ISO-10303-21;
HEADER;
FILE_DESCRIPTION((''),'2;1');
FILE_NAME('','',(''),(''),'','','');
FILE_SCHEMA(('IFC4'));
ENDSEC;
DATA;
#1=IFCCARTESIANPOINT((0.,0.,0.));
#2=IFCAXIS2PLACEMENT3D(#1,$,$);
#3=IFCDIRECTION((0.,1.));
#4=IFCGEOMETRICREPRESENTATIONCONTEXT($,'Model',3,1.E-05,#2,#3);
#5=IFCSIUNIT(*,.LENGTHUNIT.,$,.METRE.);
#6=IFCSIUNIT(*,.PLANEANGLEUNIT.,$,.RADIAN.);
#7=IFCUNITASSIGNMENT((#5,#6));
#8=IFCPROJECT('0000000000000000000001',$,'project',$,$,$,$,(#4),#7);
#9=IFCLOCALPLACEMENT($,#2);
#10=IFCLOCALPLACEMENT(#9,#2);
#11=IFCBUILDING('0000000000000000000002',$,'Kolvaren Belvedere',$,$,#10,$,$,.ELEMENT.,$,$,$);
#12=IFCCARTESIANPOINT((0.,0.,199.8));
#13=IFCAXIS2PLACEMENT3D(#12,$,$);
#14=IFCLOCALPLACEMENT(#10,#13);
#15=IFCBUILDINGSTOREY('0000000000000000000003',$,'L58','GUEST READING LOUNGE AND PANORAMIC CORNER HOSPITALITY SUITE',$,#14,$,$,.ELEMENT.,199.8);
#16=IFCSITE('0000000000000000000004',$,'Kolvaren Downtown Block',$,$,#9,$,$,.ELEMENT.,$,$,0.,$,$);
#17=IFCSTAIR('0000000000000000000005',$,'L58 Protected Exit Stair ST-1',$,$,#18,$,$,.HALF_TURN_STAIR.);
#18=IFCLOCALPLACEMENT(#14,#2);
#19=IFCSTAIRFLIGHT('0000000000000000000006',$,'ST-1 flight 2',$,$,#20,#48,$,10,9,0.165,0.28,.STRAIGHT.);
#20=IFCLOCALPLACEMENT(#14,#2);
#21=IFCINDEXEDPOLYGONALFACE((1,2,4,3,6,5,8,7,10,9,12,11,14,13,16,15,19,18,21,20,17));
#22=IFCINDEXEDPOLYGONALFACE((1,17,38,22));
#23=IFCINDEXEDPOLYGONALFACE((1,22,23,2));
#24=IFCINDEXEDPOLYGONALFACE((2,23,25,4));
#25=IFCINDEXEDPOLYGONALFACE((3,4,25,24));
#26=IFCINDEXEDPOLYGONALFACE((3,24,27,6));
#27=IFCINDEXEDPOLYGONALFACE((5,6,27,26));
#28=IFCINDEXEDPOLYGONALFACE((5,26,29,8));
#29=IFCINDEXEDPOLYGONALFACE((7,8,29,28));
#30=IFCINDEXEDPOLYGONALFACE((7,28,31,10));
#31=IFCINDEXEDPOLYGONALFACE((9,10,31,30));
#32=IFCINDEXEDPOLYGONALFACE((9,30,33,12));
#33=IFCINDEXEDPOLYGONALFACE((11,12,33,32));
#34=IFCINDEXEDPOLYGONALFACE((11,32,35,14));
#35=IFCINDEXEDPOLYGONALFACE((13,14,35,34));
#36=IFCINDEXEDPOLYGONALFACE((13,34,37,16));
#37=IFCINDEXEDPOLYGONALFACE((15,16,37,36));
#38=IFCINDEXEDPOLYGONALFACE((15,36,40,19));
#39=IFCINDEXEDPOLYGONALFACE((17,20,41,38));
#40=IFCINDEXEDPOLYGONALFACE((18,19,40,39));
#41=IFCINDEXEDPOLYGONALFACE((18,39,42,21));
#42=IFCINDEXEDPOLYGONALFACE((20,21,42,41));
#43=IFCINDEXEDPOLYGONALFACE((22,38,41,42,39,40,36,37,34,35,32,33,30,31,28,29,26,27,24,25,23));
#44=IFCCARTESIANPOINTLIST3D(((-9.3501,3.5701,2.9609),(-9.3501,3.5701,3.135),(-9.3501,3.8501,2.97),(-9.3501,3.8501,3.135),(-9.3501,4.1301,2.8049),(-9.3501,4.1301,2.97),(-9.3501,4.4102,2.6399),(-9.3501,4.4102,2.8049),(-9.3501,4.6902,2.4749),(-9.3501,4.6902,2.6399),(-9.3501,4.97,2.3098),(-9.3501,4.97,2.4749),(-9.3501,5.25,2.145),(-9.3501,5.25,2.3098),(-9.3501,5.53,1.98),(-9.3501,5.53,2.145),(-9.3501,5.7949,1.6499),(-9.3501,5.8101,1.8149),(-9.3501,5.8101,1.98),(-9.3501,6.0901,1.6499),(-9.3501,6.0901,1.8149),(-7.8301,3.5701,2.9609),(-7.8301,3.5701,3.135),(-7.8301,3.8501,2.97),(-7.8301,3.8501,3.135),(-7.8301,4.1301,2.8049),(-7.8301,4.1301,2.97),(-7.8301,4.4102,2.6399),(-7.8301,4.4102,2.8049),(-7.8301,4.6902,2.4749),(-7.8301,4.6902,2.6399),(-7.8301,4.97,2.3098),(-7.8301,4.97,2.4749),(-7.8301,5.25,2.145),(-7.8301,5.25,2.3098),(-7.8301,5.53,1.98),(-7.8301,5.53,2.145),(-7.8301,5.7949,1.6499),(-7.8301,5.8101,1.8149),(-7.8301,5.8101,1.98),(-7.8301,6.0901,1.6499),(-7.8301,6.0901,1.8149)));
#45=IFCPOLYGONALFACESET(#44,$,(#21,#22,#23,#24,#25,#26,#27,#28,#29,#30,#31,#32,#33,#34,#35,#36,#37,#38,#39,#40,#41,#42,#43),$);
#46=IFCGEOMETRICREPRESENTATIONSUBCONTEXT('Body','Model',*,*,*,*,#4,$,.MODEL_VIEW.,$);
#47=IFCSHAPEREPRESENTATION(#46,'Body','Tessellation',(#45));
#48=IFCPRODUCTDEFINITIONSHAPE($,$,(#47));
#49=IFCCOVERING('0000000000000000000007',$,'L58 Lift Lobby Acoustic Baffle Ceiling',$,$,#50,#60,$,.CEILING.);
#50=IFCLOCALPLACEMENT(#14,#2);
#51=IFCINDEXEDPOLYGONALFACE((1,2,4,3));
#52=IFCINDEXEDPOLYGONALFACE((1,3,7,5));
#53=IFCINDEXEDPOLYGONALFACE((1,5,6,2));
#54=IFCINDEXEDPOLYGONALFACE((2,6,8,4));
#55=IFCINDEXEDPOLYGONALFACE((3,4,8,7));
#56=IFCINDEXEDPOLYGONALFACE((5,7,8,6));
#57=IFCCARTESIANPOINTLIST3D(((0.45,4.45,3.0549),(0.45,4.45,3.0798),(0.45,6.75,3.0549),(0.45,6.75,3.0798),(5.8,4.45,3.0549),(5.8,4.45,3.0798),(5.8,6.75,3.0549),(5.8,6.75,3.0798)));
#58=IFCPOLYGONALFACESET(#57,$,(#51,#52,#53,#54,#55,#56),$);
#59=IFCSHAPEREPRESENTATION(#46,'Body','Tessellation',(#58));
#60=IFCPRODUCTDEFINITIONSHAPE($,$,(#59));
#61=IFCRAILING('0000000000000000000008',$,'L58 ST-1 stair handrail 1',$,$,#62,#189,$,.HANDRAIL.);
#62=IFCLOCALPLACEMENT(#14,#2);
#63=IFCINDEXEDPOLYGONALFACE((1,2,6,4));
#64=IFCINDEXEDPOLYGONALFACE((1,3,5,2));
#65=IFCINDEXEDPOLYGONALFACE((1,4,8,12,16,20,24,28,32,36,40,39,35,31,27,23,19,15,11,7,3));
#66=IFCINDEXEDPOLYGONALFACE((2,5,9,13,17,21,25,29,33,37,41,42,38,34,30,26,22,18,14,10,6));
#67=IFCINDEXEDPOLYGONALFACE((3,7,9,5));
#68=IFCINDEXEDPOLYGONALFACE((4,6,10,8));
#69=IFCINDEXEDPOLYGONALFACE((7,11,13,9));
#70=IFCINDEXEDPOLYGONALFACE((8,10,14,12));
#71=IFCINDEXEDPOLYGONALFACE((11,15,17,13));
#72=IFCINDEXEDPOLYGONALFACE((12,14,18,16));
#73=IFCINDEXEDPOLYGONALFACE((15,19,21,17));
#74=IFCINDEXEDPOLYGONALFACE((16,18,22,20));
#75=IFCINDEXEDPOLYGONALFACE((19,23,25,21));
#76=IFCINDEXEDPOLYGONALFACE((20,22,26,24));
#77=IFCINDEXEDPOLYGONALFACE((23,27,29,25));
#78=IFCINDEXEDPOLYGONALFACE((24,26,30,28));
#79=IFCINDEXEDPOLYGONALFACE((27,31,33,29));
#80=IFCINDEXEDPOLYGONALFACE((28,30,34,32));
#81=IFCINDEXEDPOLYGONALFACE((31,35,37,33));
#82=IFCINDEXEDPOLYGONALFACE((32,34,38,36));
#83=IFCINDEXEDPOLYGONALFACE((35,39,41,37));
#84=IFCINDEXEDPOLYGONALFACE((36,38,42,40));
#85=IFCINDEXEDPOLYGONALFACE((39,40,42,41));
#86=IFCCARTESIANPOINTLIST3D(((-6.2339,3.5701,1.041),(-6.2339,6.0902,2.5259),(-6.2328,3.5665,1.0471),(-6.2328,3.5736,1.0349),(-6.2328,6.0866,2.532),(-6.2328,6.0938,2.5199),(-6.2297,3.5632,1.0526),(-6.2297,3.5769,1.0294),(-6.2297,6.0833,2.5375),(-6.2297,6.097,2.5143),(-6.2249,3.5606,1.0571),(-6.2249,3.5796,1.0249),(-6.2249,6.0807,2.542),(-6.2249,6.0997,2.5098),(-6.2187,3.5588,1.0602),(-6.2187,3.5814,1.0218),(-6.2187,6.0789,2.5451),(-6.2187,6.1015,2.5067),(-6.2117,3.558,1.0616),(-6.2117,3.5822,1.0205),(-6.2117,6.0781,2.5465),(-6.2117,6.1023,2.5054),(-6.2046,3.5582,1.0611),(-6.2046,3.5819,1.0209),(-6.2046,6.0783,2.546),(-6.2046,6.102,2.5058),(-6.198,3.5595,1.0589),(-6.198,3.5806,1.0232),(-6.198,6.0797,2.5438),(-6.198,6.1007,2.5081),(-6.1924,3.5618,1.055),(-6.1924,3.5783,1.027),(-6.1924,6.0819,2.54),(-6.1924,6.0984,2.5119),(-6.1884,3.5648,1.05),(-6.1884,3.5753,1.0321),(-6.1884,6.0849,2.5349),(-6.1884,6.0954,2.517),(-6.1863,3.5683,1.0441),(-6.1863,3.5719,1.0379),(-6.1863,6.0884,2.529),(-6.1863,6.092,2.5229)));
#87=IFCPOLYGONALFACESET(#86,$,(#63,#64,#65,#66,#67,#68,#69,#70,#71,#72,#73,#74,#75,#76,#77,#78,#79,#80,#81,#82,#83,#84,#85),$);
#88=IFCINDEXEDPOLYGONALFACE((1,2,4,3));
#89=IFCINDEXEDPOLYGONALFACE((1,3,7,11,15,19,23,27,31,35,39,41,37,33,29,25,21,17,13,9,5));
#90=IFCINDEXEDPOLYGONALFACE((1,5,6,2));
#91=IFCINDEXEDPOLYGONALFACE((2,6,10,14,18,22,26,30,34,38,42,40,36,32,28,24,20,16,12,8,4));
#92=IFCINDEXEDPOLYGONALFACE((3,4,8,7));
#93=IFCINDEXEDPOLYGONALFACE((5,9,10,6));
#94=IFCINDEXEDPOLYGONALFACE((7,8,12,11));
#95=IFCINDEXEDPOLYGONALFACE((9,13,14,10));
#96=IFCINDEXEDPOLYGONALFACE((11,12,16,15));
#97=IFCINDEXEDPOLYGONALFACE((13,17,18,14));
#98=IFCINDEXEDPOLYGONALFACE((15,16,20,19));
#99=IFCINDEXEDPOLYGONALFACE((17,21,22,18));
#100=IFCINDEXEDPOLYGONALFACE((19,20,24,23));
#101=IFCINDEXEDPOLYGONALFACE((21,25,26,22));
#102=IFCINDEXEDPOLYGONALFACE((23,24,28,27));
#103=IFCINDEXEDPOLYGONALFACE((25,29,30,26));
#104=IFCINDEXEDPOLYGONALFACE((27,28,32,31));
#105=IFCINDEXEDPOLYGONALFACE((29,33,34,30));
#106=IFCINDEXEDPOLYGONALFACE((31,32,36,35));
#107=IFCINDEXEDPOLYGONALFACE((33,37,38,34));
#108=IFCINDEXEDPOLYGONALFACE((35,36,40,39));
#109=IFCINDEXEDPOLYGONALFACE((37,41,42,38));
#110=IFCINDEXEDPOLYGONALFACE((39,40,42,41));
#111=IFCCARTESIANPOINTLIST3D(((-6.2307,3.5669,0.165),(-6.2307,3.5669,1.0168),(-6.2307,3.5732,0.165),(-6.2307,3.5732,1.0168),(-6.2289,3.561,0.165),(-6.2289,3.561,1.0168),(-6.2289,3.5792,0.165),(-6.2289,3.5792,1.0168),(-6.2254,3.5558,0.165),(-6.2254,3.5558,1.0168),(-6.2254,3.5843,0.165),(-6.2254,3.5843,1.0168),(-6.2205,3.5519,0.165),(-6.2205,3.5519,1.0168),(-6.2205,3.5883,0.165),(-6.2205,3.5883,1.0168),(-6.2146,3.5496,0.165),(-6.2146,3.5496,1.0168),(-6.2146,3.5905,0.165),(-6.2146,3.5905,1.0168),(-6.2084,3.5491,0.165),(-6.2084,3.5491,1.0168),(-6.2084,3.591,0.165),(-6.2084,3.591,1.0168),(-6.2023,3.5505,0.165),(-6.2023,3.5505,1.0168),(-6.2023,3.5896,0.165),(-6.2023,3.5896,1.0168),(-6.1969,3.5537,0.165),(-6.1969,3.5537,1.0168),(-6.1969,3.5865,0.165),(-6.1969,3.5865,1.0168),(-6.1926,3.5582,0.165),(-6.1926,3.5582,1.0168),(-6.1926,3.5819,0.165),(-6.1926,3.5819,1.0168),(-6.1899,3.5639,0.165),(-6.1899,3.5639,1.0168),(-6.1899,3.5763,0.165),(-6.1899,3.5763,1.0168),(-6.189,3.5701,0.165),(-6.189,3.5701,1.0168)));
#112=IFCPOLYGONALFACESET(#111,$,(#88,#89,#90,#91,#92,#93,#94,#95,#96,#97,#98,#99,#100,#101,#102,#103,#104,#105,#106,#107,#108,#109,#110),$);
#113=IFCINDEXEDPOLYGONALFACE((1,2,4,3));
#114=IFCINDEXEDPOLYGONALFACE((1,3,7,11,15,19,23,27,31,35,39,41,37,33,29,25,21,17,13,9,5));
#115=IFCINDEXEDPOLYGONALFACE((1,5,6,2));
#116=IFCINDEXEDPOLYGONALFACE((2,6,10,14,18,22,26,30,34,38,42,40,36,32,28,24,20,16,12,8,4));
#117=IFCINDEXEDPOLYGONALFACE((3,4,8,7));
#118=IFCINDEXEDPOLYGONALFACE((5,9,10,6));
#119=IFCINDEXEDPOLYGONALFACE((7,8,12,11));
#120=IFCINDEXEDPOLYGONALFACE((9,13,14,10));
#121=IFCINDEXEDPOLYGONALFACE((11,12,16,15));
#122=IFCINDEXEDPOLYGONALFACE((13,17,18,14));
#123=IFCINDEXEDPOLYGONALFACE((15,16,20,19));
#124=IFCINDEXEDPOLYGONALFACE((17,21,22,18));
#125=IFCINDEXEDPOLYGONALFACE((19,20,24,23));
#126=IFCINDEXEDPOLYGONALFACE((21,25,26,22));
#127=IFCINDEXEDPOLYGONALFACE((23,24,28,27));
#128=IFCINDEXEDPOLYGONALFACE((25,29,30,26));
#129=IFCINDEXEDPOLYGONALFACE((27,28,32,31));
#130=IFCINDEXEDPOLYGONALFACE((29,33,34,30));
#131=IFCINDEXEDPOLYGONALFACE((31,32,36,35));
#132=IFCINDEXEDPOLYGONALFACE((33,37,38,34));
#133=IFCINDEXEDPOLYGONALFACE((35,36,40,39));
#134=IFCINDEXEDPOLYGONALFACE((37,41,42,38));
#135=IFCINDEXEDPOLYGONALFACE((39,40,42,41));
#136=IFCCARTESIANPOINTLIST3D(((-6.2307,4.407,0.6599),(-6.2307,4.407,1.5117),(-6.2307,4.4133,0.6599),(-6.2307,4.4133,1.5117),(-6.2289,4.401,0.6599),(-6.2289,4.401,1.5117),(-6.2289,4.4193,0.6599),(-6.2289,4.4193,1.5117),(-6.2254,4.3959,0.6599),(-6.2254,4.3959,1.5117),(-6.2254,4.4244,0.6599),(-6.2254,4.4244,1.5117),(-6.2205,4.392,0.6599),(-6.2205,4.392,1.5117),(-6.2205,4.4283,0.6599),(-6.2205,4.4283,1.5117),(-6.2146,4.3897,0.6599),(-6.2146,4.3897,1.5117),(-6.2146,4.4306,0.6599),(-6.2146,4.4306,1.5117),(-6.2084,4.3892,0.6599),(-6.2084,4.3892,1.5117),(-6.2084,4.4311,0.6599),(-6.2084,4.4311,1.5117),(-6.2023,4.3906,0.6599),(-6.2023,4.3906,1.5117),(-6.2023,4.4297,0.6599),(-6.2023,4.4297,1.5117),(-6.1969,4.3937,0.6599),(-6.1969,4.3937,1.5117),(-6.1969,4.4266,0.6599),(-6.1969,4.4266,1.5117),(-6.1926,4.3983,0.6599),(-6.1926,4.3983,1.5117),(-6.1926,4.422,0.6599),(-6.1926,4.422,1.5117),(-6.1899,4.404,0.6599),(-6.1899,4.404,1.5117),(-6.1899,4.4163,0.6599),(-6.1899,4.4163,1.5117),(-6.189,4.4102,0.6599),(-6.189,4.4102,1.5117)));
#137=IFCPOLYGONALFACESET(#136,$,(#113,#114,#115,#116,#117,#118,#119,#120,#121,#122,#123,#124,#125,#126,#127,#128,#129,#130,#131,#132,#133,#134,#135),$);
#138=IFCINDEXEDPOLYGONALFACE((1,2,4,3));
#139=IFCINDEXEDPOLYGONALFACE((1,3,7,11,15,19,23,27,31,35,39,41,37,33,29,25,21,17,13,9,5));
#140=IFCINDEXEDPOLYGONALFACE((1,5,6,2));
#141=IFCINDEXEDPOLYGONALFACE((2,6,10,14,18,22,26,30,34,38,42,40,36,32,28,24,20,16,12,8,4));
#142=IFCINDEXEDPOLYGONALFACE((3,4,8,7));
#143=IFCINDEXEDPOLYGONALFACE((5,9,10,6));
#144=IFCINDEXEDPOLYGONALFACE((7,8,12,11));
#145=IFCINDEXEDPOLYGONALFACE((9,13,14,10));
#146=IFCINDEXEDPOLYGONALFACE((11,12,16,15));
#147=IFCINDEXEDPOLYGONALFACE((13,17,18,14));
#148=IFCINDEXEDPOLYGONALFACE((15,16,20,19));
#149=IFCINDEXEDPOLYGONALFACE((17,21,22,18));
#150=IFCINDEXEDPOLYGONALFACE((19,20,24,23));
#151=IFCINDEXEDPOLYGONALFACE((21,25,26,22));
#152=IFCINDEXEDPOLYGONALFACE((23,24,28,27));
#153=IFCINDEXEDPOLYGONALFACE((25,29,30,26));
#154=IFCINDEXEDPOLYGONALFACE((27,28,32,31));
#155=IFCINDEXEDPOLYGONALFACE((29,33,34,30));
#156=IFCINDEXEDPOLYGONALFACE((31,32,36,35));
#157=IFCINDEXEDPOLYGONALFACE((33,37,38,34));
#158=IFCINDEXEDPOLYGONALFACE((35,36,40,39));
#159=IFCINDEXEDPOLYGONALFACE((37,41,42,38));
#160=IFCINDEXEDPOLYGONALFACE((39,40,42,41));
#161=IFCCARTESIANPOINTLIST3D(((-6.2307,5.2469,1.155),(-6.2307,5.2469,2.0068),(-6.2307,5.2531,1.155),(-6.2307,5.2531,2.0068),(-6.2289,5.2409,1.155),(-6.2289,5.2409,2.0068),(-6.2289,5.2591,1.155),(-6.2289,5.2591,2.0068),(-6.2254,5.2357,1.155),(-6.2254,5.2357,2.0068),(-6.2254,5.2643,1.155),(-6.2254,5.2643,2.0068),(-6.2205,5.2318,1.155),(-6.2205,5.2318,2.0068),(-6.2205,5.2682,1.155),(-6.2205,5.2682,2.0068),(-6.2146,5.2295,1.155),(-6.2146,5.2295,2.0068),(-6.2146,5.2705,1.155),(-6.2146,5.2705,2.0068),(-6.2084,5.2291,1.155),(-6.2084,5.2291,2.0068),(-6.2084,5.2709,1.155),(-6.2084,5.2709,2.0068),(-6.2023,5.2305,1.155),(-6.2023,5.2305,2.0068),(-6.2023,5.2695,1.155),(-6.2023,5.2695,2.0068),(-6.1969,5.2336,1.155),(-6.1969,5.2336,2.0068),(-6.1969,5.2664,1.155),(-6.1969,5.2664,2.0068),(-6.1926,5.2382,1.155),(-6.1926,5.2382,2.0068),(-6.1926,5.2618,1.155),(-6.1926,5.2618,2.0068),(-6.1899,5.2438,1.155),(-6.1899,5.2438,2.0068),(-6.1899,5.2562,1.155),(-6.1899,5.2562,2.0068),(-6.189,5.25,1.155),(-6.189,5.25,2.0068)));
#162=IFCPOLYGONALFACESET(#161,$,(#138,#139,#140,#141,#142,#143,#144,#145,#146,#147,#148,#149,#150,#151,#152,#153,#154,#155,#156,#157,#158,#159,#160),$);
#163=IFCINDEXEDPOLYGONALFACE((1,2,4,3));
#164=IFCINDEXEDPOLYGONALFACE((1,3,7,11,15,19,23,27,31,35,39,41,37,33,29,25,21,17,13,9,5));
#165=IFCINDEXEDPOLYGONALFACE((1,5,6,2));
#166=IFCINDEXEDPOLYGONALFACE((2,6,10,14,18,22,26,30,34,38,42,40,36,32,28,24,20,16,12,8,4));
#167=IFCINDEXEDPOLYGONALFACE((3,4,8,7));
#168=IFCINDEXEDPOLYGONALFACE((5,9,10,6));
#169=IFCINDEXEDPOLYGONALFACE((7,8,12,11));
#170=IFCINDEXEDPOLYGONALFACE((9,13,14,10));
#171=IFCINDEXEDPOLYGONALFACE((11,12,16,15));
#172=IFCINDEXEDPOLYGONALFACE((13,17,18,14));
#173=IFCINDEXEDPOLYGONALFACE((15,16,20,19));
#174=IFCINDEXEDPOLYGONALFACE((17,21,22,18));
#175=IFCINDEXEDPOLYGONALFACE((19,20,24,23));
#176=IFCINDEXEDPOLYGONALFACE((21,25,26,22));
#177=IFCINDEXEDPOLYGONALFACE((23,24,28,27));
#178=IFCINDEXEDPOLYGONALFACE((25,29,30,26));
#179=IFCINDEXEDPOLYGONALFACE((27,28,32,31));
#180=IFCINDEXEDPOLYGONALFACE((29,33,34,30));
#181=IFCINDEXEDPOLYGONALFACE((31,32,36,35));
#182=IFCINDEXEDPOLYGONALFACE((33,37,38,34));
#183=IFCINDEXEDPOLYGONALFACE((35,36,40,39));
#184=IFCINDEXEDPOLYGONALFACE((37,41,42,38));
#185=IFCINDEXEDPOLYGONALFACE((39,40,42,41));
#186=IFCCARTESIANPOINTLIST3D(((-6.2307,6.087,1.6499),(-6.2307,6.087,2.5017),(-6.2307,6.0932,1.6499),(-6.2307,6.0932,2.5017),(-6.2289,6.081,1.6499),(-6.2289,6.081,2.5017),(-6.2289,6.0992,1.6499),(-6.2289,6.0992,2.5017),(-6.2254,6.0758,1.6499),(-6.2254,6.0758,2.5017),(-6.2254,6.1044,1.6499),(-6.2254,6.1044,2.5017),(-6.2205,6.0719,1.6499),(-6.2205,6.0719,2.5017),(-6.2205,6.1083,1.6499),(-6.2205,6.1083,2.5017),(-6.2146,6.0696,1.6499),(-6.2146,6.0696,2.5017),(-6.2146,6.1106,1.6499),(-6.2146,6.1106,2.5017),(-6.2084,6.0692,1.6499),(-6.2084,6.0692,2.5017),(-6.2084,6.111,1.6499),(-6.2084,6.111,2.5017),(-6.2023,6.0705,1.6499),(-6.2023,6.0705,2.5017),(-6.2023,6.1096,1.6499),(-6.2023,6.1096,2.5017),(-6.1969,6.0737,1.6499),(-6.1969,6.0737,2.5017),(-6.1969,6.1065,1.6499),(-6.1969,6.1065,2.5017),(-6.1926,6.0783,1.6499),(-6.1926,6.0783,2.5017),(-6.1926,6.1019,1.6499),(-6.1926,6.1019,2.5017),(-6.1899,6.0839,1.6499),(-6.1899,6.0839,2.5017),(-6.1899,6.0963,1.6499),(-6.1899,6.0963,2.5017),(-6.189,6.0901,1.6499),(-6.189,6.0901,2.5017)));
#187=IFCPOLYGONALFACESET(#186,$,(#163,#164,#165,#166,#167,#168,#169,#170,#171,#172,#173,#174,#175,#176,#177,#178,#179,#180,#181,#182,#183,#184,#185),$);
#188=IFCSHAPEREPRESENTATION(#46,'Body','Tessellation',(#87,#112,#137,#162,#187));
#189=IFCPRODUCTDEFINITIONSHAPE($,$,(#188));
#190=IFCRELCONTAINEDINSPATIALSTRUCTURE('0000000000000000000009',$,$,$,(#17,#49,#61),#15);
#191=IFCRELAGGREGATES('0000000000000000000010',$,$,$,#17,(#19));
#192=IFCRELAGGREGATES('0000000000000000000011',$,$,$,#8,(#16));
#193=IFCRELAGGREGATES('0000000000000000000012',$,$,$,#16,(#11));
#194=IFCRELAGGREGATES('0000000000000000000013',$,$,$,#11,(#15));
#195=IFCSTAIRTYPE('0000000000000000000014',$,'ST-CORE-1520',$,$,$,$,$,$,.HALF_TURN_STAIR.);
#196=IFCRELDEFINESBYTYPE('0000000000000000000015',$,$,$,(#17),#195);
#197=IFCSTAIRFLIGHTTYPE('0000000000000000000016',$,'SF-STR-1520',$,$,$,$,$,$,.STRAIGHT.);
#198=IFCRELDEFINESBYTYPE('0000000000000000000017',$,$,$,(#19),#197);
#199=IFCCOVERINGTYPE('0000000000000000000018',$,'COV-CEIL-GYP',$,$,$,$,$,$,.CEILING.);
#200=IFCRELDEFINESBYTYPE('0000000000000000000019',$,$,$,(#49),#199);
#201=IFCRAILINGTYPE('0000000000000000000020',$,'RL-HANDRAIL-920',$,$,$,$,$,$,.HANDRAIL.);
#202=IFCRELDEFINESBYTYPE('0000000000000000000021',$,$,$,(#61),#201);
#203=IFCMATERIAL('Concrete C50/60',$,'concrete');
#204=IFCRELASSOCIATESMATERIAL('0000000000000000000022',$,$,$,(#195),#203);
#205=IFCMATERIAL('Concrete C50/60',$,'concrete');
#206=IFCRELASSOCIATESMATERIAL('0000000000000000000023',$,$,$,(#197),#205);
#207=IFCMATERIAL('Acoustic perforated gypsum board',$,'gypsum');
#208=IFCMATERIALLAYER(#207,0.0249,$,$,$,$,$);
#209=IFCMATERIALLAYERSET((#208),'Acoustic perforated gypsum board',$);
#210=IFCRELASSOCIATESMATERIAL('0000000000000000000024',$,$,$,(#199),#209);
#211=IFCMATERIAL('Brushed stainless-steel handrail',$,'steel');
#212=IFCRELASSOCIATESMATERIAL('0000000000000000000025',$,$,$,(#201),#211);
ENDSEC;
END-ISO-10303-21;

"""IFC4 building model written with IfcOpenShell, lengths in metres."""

from ifc_helpers import new_model, si_unit, direction, frame, origin, origin_2d, place, context, subcontext, project, spatial, polyline, circle, outline, extrude, material, layer, layer_set, type_object, element, aggregate, save


model = new_model("IFC4")

# Units and contexts
model_context = context("Model", 3, precision=1e-05, world=origin(), true_north=direction((0.0, 1.0)))
body_context = subcontext(model_context, "Body", "Model", "MODEL_VIEW")
ifc_project = project(units=[si_unit("LENGTHUNIT", "METRE"), si_unit("PLANEANGLEUNIT", "RADIAN")], contexts=[model_context])

# Site, building, storey
site_placement = place(None, origin())
site = spatial("IfcSite", under=ifc_project, at=site_placement, Name="Kolvaren Downtown Block", CompositionType="ELEMENT", RefElevation=0.0)
building_placement = place(site_placement, origin())
building = spatial("IfcBuilding", under=site, at=building_placement, Name="Kolvaren Belvedere", CompositionType="ELEMENT")
storey_placement = place(building_placement, frame((0.0, 0.0, 199.8)))
storey = spatial("IfcBuildingStorey", under=building, at=storey_placement, Name="L58", Description="GUEST READING LOUNGE AND PANORAMIC CORNER HOSPITALITY SUITE", CompositionType="ELEMENT", Elevation=199.8)

# Stair
ifc_material_1 = material(Name="Concrete C50/60", Category="concrete")
stair_type = type_object("IfcStairType", Name="ST-CORE-1520", PredefinedType="HALF_TURN_STAIR", material=ifc_material_1)
stair_1_placement = place(storey_placement, origin())
stair_1 = element("IfcStair", 1, at=stair_1_placement, inside=storey, type_object=stair_type, Name="L58 Protected Exit Stair ST-1", PredefinedType="HALF_TURN_STAIR")

# Stair flight
ifc_material_2 = material(Name="Concrete C50/60", Category="concrete")
stair_flight_type = type_object("IfcStairFlightType", Name="SF-STR-1520", PredefinedType="STRAIGHT", material=ifc_material_2)
stair_flight_1_placement = place(storey_placement, frame((-8.5901, 6.0901, 1.6499), z_axis=(0.0, 0.0, 1.0), x_axis=(0.0, -1.0, 0.0)))
stair_flight_1 = element("IfcStairFlight", 2, at=stair_flight_1_placement, type_object=stair_flight_type, Name="ST-1 flight 2", NumberOfRisers=10, NumberOfTreads=9, PredefinedType="STRAIGHT", RiserHeight=0.165, TreadLength=0.28, context=body_context, shape_type="SweptSolid", body=[
    extrude(outline(polyline([(0.0, 0.0), (0.0, 0.165), (0.28, 0.165), (0.28, 0.3301), (0.5601, 0.3301), (0.5601, 0.4951), (0.8401, 0.4951), (0.8401, 0.6599), (1.1201, 0.6599), (1.1201, 0.825), (1.3999, 0.825), (1.3999, 0.99), (1.6799, 0.99), (1.6799, 1.155), (1.96, 1.155), (1.96, 1.3201), (2.24, 1.3201), (2.24, 1.4851), (2.52, 1.4851), (2.52, 1.6499), (2.52, 1.311), (0.2952, 0.0), (0.0, 0.0)])), frame((0.0, 0.76, 0.0), z_axis=(0.0, -1.0, 0.0), x_axis=(1.0, 0.0, 0.0)), (0.0, 0.0, 1.0), 1.52),
])
aggregate(stair_1, [stair_flight_1])

# Covering
ifc_material_3 = material(Name="Acoustic perforated gypsum board", Category="gypsum")
ifc_layer_1 = layer(ifc_material_3, 0.0249)
ifc_layer_set_1 = layer_set([ifc_layer_1], Name="Acoustic perforated gypsum board")
covering_type = type_object("IfcCoveringType", Name="COV-CEIL-GYP", PredefinedType="CEILING", material=ifc_layer_set_1)
covering_placement = place(storey_placement, frame((0.0, 0.0, 3.0549)))
element("IfcCovering", 3, at=covering_placement, inside=storey, type_object=covering_type, Name="L58 Lift Lobby Acoustic Baffle Ceiling", PredefinedType="CEILING", context=body_context, shape_type="SweptSolid", body=[
    extrude(outline(polyline([(0.45, 4.45), (5.8, 4.45), (5.8, 6.75), (0.45, 6.75), (0.45, 4.45)])), origin(), (0.0, 0.0, 1.0), 0.0249),
])

# Railing
ifc_material_4 = material(Name="Brushed stainless-steel handrail", Category="steel")
railing_type_1 = type_object("IfcRailingType", Name="RL-HANDRAIL-920", PredefinedType="HANDRAIL", material=ifc_material_4)
railing_1_placement = place(storey_placement, frame((-6.21, 3.5701, 0.165)))
element("IfcRailing", 4, at=railing_1_placement, inside=storey, type_object=railing_type_1, Name="L58 ST-1 stair handrail 1", PredefinedType="HANDRAIL", context=body_context, shape_type="SweptSolid", body=[
    extrude(circle(Radius=0.0239, at=origin_2d()), frame((0.0, 0.0, 0.876), z_axis=(0.0, 0.861561, 0.507655), x_axis=(-1.0, 0.0, 0.0)), (0.0, 0.0, 1.0), 2.925),
    extrude(circle(Radius=0.021, at=origin_2d()), origin(), (0.0, 0.0, 1.0), 0.8518),
    extrude(circle(Radius=0.021, at=origin_2d()), frame((0.0, 0.8401, 0.4949)), (0.0, 0.0, 1.0), 0.8518),
    extrude(circle(Radius=0.021, at=origin_2d()), frame((0.0, 1.6799, 0.99)), (0.0, 0.0, 1.0), 0.8518),
    extrude(circle(Radius=0.021, at=origin_2d()), frame((0.0, 2.52, 1.4849)), (0.0, 0.0, 1.0), 0.8518),
])

save(model, "model.ifc")
